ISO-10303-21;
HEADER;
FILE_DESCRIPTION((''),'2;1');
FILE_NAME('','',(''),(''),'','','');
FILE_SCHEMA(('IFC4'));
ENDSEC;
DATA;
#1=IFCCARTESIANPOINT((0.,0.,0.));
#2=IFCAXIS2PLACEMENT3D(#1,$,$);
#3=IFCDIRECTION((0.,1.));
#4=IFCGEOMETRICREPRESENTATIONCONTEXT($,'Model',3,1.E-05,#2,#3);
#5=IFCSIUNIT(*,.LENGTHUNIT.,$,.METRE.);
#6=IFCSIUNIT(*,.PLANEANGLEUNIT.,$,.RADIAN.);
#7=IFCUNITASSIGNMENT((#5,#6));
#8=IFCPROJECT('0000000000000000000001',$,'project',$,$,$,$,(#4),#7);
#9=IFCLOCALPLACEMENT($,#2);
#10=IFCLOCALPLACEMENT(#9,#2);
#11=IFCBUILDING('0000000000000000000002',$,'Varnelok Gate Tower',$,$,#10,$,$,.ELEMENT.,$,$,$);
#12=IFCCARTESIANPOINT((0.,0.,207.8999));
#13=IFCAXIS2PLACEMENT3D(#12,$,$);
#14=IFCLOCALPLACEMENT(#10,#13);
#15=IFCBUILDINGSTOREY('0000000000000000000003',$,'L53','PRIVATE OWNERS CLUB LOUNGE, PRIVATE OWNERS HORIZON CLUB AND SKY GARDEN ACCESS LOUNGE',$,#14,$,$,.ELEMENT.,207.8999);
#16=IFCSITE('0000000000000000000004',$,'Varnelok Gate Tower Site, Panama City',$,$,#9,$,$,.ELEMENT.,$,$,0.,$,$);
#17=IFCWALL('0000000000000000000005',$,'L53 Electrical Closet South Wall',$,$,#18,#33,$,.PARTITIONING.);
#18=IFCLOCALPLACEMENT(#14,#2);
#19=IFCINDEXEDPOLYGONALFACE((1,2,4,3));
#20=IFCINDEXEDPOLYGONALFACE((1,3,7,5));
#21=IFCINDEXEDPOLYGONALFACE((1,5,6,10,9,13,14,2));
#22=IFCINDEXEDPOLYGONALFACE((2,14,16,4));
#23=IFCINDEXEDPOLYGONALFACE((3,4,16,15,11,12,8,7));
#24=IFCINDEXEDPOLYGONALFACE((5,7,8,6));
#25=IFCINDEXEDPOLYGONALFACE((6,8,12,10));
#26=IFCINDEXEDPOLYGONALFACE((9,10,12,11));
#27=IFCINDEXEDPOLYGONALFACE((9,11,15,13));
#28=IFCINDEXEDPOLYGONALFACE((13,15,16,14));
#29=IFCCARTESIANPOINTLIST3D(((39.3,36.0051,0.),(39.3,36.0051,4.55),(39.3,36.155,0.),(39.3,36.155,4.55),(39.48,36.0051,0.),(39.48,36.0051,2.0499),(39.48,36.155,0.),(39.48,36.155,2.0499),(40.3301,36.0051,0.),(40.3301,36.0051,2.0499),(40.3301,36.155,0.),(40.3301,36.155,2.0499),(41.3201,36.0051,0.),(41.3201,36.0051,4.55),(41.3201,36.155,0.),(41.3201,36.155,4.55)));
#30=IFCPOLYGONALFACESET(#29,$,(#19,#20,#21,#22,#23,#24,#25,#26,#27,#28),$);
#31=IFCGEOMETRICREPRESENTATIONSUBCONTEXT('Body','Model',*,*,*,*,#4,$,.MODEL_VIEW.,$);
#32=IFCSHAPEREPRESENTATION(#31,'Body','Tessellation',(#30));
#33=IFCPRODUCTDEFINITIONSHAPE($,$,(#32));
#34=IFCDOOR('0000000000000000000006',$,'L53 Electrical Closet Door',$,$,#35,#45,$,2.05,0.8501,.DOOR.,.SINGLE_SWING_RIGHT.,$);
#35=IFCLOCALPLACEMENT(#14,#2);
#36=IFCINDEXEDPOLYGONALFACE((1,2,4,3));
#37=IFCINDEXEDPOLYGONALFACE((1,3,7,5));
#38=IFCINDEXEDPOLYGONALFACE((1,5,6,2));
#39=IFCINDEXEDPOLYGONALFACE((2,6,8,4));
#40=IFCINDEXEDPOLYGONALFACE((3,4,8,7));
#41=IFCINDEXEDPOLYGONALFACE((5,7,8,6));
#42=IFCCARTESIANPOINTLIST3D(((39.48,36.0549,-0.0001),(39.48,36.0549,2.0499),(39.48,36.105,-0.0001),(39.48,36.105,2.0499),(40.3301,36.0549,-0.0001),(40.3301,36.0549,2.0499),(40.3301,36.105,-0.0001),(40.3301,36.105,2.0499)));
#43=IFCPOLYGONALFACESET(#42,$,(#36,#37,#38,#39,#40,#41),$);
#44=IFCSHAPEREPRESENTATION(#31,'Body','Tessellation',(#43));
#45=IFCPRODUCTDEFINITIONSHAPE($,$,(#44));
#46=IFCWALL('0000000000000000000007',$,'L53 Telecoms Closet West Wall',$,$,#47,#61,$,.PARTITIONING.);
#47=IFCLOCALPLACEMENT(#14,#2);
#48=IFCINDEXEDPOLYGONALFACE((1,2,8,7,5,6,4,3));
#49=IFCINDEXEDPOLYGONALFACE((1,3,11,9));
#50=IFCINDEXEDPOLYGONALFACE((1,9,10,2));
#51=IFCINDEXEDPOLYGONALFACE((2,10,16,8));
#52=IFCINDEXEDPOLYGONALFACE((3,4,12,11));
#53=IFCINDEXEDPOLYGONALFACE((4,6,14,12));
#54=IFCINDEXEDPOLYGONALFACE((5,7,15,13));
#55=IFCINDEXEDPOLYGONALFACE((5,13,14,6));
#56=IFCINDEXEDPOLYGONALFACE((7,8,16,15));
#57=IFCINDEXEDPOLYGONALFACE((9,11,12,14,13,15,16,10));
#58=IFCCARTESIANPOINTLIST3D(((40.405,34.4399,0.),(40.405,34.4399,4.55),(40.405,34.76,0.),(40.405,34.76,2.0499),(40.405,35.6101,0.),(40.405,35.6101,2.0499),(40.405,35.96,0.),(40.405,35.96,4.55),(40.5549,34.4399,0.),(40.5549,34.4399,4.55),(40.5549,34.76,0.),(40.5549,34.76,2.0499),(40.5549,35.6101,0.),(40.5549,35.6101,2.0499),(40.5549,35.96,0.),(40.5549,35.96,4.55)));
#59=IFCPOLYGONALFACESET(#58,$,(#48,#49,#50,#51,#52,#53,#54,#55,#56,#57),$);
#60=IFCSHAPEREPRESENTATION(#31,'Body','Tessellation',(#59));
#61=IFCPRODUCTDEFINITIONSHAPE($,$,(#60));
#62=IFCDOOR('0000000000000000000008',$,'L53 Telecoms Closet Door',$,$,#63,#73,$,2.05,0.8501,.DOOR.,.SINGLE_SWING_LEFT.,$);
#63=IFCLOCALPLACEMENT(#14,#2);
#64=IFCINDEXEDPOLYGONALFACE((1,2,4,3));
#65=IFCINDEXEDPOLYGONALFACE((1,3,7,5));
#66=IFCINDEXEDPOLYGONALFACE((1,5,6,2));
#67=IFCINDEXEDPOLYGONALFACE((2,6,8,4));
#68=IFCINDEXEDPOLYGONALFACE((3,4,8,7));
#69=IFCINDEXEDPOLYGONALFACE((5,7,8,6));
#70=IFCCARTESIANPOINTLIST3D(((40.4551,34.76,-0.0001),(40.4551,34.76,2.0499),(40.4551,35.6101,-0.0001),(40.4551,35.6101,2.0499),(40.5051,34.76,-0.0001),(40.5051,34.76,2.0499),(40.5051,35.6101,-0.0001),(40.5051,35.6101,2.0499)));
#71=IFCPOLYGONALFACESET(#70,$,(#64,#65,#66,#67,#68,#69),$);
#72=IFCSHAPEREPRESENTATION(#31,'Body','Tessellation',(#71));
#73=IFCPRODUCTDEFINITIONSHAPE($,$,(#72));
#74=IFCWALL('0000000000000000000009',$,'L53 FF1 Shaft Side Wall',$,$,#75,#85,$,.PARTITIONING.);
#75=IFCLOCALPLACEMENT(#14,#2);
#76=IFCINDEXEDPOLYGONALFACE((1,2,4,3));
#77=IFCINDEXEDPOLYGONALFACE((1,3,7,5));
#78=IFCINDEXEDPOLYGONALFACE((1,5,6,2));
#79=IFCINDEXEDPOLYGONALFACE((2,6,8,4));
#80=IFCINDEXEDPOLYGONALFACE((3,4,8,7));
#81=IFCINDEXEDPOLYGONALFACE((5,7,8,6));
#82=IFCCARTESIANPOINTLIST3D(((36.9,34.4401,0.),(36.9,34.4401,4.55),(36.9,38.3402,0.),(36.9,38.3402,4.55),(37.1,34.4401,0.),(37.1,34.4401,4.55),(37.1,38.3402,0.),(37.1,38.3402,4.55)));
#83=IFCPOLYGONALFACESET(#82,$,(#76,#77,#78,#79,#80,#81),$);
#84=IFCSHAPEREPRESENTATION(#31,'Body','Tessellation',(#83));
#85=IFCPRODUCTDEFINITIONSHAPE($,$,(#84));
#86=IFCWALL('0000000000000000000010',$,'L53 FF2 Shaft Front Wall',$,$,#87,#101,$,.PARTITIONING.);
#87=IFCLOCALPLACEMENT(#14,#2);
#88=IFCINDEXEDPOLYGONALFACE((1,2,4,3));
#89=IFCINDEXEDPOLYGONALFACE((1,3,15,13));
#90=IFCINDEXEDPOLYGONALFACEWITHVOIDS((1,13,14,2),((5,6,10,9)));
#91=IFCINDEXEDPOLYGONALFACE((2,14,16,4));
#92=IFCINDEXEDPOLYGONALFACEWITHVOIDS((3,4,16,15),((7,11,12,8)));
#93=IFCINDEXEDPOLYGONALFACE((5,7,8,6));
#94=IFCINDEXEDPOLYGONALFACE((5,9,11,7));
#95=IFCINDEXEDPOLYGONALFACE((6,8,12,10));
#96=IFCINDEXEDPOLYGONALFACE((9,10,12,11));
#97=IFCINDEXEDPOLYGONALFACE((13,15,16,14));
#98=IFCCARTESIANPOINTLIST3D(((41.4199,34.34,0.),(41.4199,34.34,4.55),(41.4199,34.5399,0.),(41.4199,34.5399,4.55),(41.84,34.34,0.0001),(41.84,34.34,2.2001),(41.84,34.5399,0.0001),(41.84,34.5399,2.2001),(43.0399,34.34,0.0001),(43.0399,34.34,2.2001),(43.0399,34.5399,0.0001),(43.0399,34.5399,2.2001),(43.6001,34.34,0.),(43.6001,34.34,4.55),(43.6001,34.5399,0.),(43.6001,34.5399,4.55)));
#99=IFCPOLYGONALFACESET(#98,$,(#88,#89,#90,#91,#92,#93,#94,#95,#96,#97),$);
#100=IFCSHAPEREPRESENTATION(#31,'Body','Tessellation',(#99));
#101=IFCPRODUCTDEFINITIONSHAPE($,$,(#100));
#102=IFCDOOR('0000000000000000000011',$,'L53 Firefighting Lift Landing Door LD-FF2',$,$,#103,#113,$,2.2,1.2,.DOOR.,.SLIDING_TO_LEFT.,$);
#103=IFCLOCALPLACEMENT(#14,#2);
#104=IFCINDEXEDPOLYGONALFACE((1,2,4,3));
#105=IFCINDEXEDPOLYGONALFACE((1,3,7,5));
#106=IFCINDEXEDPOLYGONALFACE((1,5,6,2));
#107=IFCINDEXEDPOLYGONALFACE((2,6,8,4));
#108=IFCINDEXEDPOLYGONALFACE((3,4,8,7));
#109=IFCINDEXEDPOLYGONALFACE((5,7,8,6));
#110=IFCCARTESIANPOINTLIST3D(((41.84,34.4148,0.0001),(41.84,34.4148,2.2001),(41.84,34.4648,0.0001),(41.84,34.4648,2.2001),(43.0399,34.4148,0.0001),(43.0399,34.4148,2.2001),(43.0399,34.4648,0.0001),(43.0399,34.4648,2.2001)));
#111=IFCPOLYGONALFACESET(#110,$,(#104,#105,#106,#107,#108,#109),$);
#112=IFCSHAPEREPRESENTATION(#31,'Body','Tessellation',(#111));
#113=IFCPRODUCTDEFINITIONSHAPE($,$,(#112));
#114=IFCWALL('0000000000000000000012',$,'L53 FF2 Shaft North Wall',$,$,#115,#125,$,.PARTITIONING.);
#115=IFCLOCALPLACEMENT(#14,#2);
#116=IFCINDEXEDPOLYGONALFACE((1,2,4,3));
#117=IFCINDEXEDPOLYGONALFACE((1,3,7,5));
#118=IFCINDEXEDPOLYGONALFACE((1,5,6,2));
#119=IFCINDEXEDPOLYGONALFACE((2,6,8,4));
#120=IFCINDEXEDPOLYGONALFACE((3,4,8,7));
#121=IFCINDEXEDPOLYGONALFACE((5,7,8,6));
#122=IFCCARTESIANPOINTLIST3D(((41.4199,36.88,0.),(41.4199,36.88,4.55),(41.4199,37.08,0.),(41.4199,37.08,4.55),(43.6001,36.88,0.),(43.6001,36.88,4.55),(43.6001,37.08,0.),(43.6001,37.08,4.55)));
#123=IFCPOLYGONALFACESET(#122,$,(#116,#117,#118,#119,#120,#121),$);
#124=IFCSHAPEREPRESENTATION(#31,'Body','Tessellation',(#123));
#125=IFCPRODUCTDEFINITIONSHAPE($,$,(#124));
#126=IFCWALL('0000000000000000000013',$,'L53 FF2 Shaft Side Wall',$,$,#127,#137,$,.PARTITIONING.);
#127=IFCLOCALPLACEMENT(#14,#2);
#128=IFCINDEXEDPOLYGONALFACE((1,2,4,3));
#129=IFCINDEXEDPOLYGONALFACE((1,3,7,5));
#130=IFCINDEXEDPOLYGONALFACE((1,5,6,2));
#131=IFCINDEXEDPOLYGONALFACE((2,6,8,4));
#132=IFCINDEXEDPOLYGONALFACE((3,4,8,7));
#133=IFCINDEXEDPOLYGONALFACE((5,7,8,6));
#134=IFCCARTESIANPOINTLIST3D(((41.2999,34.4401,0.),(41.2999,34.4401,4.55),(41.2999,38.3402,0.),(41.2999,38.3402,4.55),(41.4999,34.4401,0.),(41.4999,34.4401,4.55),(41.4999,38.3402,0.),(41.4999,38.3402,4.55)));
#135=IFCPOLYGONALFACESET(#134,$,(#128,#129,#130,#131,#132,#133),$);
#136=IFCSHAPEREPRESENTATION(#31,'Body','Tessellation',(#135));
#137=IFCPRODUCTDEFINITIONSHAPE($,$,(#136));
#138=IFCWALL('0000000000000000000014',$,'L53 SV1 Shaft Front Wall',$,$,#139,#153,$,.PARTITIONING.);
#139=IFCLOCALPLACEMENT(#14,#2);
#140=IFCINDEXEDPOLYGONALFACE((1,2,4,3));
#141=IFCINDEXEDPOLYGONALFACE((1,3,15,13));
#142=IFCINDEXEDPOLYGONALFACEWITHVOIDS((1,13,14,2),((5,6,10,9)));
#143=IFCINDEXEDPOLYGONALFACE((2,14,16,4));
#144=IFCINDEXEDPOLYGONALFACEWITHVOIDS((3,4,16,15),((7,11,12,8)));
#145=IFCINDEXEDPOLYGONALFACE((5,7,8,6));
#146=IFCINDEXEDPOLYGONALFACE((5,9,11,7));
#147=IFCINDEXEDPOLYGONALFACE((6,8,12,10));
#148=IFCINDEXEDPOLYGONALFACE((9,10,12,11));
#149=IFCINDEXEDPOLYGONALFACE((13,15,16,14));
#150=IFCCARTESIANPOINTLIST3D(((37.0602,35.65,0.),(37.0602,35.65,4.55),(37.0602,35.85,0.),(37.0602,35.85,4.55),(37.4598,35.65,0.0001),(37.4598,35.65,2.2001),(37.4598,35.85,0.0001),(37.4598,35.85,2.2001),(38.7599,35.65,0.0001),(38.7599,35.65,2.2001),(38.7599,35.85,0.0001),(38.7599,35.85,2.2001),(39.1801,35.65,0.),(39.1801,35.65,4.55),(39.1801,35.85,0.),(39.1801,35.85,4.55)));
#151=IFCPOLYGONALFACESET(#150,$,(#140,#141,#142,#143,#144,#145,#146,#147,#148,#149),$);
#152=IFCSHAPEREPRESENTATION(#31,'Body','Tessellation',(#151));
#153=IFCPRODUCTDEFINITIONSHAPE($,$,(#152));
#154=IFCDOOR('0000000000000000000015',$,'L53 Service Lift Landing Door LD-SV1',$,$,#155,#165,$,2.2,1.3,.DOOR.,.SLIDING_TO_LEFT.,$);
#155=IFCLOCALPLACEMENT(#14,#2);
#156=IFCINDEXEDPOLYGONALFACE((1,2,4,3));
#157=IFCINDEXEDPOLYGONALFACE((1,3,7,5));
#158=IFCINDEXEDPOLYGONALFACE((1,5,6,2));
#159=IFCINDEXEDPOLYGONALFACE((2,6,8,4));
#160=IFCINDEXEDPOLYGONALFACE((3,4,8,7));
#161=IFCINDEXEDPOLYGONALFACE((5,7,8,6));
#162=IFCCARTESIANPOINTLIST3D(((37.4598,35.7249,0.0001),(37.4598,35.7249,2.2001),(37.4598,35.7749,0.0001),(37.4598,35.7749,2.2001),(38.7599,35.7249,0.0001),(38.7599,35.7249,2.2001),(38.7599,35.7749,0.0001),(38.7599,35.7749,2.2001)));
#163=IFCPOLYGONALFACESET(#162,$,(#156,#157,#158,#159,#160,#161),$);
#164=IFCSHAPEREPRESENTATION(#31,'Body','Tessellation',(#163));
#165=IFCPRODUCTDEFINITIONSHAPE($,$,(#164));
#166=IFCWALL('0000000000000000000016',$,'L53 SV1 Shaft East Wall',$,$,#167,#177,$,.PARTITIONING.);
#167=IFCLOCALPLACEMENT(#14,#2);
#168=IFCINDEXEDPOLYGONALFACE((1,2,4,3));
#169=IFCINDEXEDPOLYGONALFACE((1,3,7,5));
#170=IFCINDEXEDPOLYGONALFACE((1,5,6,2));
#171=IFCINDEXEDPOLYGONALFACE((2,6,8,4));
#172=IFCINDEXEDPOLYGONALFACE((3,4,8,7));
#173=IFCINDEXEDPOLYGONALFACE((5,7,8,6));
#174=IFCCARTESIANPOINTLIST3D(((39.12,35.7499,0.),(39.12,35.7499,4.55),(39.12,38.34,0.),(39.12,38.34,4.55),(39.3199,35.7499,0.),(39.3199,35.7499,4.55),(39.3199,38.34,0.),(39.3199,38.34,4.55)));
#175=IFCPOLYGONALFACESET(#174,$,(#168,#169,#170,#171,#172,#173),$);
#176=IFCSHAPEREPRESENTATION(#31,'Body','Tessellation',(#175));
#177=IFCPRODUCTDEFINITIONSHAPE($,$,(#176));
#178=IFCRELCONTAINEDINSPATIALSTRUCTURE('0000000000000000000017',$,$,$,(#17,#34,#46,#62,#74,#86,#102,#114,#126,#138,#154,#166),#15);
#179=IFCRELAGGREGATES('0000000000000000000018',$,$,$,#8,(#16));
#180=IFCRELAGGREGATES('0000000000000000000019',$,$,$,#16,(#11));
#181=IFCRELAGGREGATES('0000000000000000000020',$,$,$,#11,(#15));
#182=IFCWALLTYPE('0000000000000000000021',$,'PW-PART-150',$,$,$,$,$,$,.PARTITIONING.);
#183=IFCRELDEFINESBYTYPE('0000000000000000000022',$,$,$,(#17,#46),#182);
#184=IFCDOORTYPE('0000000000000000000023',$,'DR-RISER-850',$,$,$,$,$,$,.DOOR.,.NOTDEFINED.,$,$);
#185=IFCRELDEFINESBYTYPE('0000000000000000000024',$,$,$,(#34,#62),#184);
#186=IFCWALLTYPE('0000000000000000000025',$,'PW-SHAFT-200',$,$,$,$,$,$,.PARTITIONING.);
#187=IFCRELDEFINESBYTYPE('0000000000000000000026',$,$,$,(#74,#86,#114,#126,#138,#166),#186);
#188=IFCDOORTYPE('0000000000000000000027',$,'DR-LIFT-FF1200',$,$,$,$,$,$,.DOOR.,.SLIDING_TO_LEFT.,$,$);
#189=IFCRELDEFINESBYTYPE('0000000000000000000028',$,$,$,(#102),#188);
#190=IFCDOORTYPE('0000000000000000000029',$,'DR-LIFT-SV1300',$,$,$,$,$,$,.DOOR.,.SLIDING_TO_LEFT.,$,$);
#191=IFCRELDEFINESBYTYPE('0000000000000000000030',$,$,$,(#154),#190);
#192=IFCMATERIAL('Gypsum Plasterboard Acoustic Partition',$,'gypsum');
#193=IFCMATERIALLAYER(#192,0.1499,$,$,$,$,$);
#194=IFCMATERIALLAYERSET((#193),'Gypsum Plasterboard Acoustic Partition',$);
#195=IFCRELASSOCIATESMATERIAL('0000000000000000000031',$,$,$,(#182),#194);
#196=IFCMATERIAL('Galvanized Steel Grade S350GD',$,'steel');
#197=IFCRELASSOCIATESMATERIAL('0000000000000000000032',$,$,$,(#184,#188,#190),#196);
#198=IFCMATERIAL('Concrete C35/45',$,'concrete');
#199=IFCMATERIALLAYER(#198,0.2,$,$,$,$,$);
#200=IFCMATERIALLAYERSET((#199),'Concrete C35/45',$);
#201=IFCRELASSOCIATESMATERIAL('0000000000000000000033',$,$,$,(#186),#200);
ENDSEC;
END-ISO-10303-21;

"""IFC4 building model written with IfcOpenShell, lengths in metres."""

from ifc_helpers import new_model, si_unit, direction, frame, frame_2d, origin, place, context, subcontext, project, spatial, rectangle, extrude, material, layer, layer_set, type_object, element, fill, save


model = new_model("IFC4")

# Units and contexts
model_context = context("Model", 3, precision=1e-05, world=origin(), true_north=direction((0.0, 1.0)))
body_context = subcontext(model_context, "Body", "Model", "MODEL_VIEW")
ifc_project = project(units=[si_unit("LENGTHUNIT", "METRE"), si_unit("PLANEANGLEUNIT", "RADIAN")], contexts=[model_context])

# Site, building, storey
site_placement = place(None, origin())
site = spatial("IfcSite", under=ifc_project, at=site_placement, Name="Varnelok Gate Tower Site, Panama City", CompositionType="ELEMENT", RefElevation=0.0)
building_placement = place(site_placement, origin())
building = spatial("IfcBuilding", under=site, at=building_placement, Name="Varnelok Gate Tower", CompositionType="ELEMENT")
storey_placement = place(building_placement, frame((0.0, 0.0, 207.8999)))
storey = spatial("IfcBuildingStorey", under=building, at=storey_placement, Name="L53", Description="PRIVATE OWNERS CLUB LOUNGE, PRIVATE OWNERS HORIZON CLUB AND SKY GARDEN ACCESS LOUNGE", CompositionType="ELEMENT", Elevation=207.8999)

# Walls, openings, doors
ifc_material_1 = material(Name="Gypsum Plasterboard Acoustic Partition", Category="gypsum")
ifc_layer_1 = layer(ifc_material_1, 0.1499)
ifc_layer_set_1 = layer_set([ifc_layer_1], Name="Gypsum Plasterboard Acoustic Partition")
wall_type_1 = type_object("IfcWallType", Name="PW-PART-150", PredefinedType="PARTITIONING", material=ifc_layer_set_1)
wall_1_placement = place(storey_placement, frame((39.3, 36.0801, 0.0), z_axis=(0.0, 0.0, 1.0), x_axis=(1.0, 0.0, 0.0)))
wall_1 = element("IfcWall", 1, at=wall_1_placement, inside=storey, type_object=wall_type_1, Name="L53 Electrical Closet South Wall", PredefinedType="PARTITIONING", context=body_context, shape_type="SweptSolid", body=[
    extrude(rectangle(XDim=2.02, YDim=0.1499, at=frame_2d((1.01, 0.0))), origin(), (0.0, 0.0, 1.0), 4.55),
])
opening_1_placement = place(wall_1_placement, frame((0.1799, 0.0, 0.0)))
opening_1 = element("IfcOpeningElement", 2, at=opening_1_placement, cuts=wall_1, PredefinedType="OPENING", context=body_context, shape_type="SweptSolid", body=[
    extrude(rectangle(XDim=0.8501, YDim=2.05, at=frame_2d((0.425, 1.0249))), frame((0.0, 0.085, 0.0), z_axis=(0.0, -1.0, 0.0), x_axis=(1.0, 0.0, 0.0)), (0.0, 0.0, 1.0), 0.1699),
])
ifc_material_2 = material(Name="Galvanized Steel Grade S350GD", Category="steel")
door_type_1 = type_object("IfcDoorType", Name="DR-RISER-850", OperationType="NOTDEFINED", PredefinedType="DOOR", material=ifc_material_2)
door_1_placement = place(opening_1_placement, origin())
door_1 = element("IfcDoor", 3, at=door_1_placement, inside=storey, type_object=door_type_1, Name="L53 Electrical Closet Door", OperationType="SINGLE_SWING_RIGHT", OverallHeight=2.05, OverallWidth=0.8501, PredefinedType="DOOR", context=body_context, shape_type="SweptSolid", body=[
    extrude(rectangle(XDim=0.8501, YDim=2.05, at=frame_2d((0.425, 1.0249))), frame((0.0, 0.0249, 0.0), z_axis=(0.0, -1.0, 0.0), x_axis=(1.0, 0.0, 0.0)), (0.0, 0.0, 1.0), 0.05),
])
fill(opening_1, door_1)
wall_2_placement = place(storey_placement, frame((40.48, 34.4399, 0.0), z_axis=(0.0, 0.0, 1.0), x_axis=(0.0, 1.0, 0.0)))
wall_2 = element("IfcWall", 4, at=wall_2_placement, inside=storey, type_object=wall_type_1, Name="L53 Telecoms Closet West Wall", PredefinedType="PARTITIONING", context=body_context, shape_type="SweptSolid", body=[
    extrude(rectangle(XDim=1.52, YDim=0.1499, at=frame_2d((0.76, 0.0))), origin(), (0.0, 0.0, 1.0), 4.55),
])
opening_2_placement = place(wall_2_placement, frame((0.3201, 0.0, 0.0)))
opening_2 = element("IfcOpeningElement", 5, at=opening_2_placement, cuts=wall_2, PredefinedType="OPENING", context=body_context, shape_type="SweptSolid", body=[
    extrude(rectangle(XDim=0.8501, YDim=2.05, at=frame_2d((0.425, 1.0249))), frame((0.0, 0.085, 0.0), z_axis=(0.0, -1.0, 0.0), x_axis=(1.0, 0.0, 0.0)), (0.0, 0.0, 1.0), 0.1699),
])
door_2_placement = place(opening_2_placement, origin())
door_2 = element("IfcDoor", 6, at=door_2_placement, inside=storey, type_object=door_type_1, Name="L53 Telecoms Closet Door", OperationType="SINGLE_SWING_LEFT", OverallHeight=2.05, OverallWidth=0.8501, PredefinedType="DOOR", context=body_context, shape_type="SweptSolid", body=[
    extrude(rectangle(XDim=0.8501, YDim=2.05, at=frame_2d((0.425, 1.0249))), frame((0.0, 0.0249, 0.0), z_axis=(0.0, -1.0, 0.0), x_axis=(1.0, 0.0, 0.0)), (0.0, 0.0, 1.0), 0.05),
])
fill(opening_2, door_2)

# Wall
ifc_material_3 = material(Name="Concrete C35/45", Category="concrete")
ifc_layer_2 = layer(ifc_material_3, 0.2)
ifc_layer_set_2 = layer_set([ifc_layer_2], Name="Concrete C35/45")
wall_type_2 = type_object("IfcWallType", Name="PW-SHAFT-200", PredefinedType="PARTITIONING", material=ifc_layer_set_2)
wall_3_placement = place(storey_placement, frame((37.0, 34.4399, 0.0), z_axis=(0.0, 0.0, 1.0), x_axis=(0.0, 1.0, 0.0)))
element("IfcWall", 7, at=wall_3_placement, inside=storey, type_object=wall_type_2, Name="L53 FF1 Shaft Side Wall", PredefinedType="PARTITIONING", context=body_context, shape_type="SweptSolid", body=[
    extrude(rectangle(XDim=3.9001, YDim=0.2, at=frame_2d((1.9502, 0.0))), origin(), (0.0, 0.0, 1.0), 4.55),
])

# Wall, opening, door
wall_4_placement = place(storey_placement, frame((41.4199, 34.4399, 0.0), z_axis=(0.0, 0.0, 1.0), x_axis=(1.0, 0.0, 0.0)))
wall_4 = element("IfcWall", 8, at=wall_4_placement, inside=storey, type_object=wall_type_2, Name="L53 FF2 Shaft Front Wall", PredefinedType="PARTITIONING", context=body_context, shape_type="SweptSolid", body=[
    extrude(rectangle(XDim=2.1802, YDim=0.2, at=frame_2d((1.0901, 0.0))), origin(), (0.0, 0.0, 1.0), 4.55),
])
opening_3_placement = place(wall_4_placement, frame((0.4199, 0.0, 0.0)))
opening_3 = element("IfcOpeningElement", 9, at=opening_3_placement, cuts=wall_4, PredefinedType="OPENING", context=body_context, shape_type="SweptSolid", body=[
    extrude(rectangle(XDim=1.2, YDim=2.2, at=frame_2d((0.6001, 1.1001))), frame((0.0, 0.1099, 0.0), z_axis=(0.0, -1.0, 0.0), x_axis=(1.0, 0.0, 0.0)), (0.0, 0.0, 1.0), 0.22),
])
door_type_2 = type_object("IfcDoorType", Name="DR-LIFT-FF1200", OperationType="SLIDING_TO_LEFT", PredefinedType="DOOR", material=ifc_material_2)
door_3_placement = place(opening_3_placement, origin())
door_3 = element("IfcDoor", 10, at=door_3_placement, inside=storey, type_object=door_type_2, Name="L53 Firefighting Lift Landing Door LD-FF2", OperationType="SLIDING_TO_LEFT", OverallHeight=2.2, OverallWidth=1.2, PredefinedType="DOOR", context=body_context, shape_type="SweptSolid", body=[
    extrude(rectangle(XDim=1.2, YDim=2.2, at=frame_2d((0.6001, 1.1001))), frame((0.0, 0.0249, 0.0), z_axis=(0.0, -1.0, 0.0), x_axis=(1.0, 0.0, 0.0)), (0.0, 0.0, 1.0), 0.05),
])
fill(opening_3, door_3)

# Walls
wall_5_placement = place(storey_placement, frame((41.4199, 36.98, 0.0), z_axis=(0.0, 0.0, 1.0), x_axis=(1.0, 0.0, 0.0)))
element("IfcWall", 11, at=wall_5_placement, inside=storey, type_object=wall_type_2, Name="L53 FF2 Shaft North Wall", PredefinedType="PARTITIONING", context=body_context, shape_type="SweptSolid", body=[
    extrude(rectangle(XDim=2.1802, YDim=0.2, at=frame_2d((1.0901, 0.0))), origin(), (0.0, 0.0, 1.0), 4.55),
])
wall_6_placement = place(storey_placement, frame((41.3999, 34.4399, 0.0), z_axis=(0.0, 0.0, 1.0), x_axis=(0.0, 1.0, 0.0)))
element("IfcWall", 12, at=wall_6_placement, inside=storey, type_object=wall_type_2, Name="L53 FF2 Shaft Side Wall", PredefinedType="PARTITIONING", context=body_context, shape_type="SweptSolid", body=[
    extrude(rectangle(XDim=3.9001, YDim=0.2, at=frame_2d((1.9502, 0.0))), origin(), (0.0, 0.0, 1.0), 4.55),
])

# Wall, opening, door
wall_7_placement = place(storey_placement, frame((37.0601, 35.75, 0.0), z_axis=(0.0, 0.0, 1.0), x_axis=(1.0, 0.0, 0.0)))
wall_7 = element("IfcWall", 13, at=wall_7_placement, inside=storey, type_object=wall_type_2, Name="L53 SV1 Shaft Front Wall", PredefinedType="PARTITIONING", context=body_context, shape_type="SweptSolid", body=[
    extrude(rectangle(XDim=2.1199, YDim=0.2, at=frame_2d((1.0601, 0.0))), origin(), (0.0, 0.0, 1.0), 4.55),
])
opening_4_placement = place(wall_7_placement, frame((0.3999, 0.0, 0.0)))
opening_4 = element("IfcOpeningElement", 14, at=opening_4_placement, cuts=wall_7, PredefinedType="OPENING", context=body_context, shape_type="SweptSolid", body=[
    extrude(rectangle(XDim=1.3, YDim=2.2, at=frame_2d((0.6499, 1.1001))), frame((0.0, 0.1099, 0.0), z_axis=(0.0, -1.0, 0.0), x_axis=(1.0, 0.0, 0.0)), (0.0, 0.0, 1.0), 0.22),
])
door_type_3 = type_object("IfcDoorType", Name="DR-LIFT-SV1300", OperationType="SLIDING_TO_LEFT", PredefinedType="DOOR", material=ifc_material_2)
door_4_placement = place(opening_4_placement, origin())
door_4 = element("IfcDoor", 15, at=door_4_placement, inside=storey, type_object=door_type_3, Name="L53 Service Lift Landing Door LD-SV1", OperationType="SLIDING_TO_LEFT", OverallHeight=2.2, OverallWidth=1.3, PredefinedType="DOOR", context=body_context, shape_type="SweptSolid", body=[
    extrude(rectangle(XDim=1.3, YDim=2.2, at=frame_2d((0.6499, 1.1001))), frame((0.0, 0.0249, 0.0), z_axis=(0.0, -1.0, 0.0), x_axis=(1.0, 0.0, 0.0)), (0.0, 0.0, 1.0), 0.05),
])
fill(opening_4, door_4)

# Wall
wall_8_placement = place(storey_placement, frame((39.22, 35.75, 0.0), z_axis=(0.0, 0.0, 1.0), x_axis=(0.0, 1.0, 0.0)))
element("IfcWall", 16, at=wall_8_placement, inside=storey, type_object=wall_type_2, Name="L53 SV1 Shaft East Wall", PredefinedType="PARTITIONING", context=body_context, shape_type="SweptSolid", body=[
    extrude(rectangle(XDim=2.5901, YDim=0.2, at=frame_2d((1.2949, 0.0))), origin(), (0.0, 0.0, 1.0), 4.55),
])

save(model, "model.ifc")
